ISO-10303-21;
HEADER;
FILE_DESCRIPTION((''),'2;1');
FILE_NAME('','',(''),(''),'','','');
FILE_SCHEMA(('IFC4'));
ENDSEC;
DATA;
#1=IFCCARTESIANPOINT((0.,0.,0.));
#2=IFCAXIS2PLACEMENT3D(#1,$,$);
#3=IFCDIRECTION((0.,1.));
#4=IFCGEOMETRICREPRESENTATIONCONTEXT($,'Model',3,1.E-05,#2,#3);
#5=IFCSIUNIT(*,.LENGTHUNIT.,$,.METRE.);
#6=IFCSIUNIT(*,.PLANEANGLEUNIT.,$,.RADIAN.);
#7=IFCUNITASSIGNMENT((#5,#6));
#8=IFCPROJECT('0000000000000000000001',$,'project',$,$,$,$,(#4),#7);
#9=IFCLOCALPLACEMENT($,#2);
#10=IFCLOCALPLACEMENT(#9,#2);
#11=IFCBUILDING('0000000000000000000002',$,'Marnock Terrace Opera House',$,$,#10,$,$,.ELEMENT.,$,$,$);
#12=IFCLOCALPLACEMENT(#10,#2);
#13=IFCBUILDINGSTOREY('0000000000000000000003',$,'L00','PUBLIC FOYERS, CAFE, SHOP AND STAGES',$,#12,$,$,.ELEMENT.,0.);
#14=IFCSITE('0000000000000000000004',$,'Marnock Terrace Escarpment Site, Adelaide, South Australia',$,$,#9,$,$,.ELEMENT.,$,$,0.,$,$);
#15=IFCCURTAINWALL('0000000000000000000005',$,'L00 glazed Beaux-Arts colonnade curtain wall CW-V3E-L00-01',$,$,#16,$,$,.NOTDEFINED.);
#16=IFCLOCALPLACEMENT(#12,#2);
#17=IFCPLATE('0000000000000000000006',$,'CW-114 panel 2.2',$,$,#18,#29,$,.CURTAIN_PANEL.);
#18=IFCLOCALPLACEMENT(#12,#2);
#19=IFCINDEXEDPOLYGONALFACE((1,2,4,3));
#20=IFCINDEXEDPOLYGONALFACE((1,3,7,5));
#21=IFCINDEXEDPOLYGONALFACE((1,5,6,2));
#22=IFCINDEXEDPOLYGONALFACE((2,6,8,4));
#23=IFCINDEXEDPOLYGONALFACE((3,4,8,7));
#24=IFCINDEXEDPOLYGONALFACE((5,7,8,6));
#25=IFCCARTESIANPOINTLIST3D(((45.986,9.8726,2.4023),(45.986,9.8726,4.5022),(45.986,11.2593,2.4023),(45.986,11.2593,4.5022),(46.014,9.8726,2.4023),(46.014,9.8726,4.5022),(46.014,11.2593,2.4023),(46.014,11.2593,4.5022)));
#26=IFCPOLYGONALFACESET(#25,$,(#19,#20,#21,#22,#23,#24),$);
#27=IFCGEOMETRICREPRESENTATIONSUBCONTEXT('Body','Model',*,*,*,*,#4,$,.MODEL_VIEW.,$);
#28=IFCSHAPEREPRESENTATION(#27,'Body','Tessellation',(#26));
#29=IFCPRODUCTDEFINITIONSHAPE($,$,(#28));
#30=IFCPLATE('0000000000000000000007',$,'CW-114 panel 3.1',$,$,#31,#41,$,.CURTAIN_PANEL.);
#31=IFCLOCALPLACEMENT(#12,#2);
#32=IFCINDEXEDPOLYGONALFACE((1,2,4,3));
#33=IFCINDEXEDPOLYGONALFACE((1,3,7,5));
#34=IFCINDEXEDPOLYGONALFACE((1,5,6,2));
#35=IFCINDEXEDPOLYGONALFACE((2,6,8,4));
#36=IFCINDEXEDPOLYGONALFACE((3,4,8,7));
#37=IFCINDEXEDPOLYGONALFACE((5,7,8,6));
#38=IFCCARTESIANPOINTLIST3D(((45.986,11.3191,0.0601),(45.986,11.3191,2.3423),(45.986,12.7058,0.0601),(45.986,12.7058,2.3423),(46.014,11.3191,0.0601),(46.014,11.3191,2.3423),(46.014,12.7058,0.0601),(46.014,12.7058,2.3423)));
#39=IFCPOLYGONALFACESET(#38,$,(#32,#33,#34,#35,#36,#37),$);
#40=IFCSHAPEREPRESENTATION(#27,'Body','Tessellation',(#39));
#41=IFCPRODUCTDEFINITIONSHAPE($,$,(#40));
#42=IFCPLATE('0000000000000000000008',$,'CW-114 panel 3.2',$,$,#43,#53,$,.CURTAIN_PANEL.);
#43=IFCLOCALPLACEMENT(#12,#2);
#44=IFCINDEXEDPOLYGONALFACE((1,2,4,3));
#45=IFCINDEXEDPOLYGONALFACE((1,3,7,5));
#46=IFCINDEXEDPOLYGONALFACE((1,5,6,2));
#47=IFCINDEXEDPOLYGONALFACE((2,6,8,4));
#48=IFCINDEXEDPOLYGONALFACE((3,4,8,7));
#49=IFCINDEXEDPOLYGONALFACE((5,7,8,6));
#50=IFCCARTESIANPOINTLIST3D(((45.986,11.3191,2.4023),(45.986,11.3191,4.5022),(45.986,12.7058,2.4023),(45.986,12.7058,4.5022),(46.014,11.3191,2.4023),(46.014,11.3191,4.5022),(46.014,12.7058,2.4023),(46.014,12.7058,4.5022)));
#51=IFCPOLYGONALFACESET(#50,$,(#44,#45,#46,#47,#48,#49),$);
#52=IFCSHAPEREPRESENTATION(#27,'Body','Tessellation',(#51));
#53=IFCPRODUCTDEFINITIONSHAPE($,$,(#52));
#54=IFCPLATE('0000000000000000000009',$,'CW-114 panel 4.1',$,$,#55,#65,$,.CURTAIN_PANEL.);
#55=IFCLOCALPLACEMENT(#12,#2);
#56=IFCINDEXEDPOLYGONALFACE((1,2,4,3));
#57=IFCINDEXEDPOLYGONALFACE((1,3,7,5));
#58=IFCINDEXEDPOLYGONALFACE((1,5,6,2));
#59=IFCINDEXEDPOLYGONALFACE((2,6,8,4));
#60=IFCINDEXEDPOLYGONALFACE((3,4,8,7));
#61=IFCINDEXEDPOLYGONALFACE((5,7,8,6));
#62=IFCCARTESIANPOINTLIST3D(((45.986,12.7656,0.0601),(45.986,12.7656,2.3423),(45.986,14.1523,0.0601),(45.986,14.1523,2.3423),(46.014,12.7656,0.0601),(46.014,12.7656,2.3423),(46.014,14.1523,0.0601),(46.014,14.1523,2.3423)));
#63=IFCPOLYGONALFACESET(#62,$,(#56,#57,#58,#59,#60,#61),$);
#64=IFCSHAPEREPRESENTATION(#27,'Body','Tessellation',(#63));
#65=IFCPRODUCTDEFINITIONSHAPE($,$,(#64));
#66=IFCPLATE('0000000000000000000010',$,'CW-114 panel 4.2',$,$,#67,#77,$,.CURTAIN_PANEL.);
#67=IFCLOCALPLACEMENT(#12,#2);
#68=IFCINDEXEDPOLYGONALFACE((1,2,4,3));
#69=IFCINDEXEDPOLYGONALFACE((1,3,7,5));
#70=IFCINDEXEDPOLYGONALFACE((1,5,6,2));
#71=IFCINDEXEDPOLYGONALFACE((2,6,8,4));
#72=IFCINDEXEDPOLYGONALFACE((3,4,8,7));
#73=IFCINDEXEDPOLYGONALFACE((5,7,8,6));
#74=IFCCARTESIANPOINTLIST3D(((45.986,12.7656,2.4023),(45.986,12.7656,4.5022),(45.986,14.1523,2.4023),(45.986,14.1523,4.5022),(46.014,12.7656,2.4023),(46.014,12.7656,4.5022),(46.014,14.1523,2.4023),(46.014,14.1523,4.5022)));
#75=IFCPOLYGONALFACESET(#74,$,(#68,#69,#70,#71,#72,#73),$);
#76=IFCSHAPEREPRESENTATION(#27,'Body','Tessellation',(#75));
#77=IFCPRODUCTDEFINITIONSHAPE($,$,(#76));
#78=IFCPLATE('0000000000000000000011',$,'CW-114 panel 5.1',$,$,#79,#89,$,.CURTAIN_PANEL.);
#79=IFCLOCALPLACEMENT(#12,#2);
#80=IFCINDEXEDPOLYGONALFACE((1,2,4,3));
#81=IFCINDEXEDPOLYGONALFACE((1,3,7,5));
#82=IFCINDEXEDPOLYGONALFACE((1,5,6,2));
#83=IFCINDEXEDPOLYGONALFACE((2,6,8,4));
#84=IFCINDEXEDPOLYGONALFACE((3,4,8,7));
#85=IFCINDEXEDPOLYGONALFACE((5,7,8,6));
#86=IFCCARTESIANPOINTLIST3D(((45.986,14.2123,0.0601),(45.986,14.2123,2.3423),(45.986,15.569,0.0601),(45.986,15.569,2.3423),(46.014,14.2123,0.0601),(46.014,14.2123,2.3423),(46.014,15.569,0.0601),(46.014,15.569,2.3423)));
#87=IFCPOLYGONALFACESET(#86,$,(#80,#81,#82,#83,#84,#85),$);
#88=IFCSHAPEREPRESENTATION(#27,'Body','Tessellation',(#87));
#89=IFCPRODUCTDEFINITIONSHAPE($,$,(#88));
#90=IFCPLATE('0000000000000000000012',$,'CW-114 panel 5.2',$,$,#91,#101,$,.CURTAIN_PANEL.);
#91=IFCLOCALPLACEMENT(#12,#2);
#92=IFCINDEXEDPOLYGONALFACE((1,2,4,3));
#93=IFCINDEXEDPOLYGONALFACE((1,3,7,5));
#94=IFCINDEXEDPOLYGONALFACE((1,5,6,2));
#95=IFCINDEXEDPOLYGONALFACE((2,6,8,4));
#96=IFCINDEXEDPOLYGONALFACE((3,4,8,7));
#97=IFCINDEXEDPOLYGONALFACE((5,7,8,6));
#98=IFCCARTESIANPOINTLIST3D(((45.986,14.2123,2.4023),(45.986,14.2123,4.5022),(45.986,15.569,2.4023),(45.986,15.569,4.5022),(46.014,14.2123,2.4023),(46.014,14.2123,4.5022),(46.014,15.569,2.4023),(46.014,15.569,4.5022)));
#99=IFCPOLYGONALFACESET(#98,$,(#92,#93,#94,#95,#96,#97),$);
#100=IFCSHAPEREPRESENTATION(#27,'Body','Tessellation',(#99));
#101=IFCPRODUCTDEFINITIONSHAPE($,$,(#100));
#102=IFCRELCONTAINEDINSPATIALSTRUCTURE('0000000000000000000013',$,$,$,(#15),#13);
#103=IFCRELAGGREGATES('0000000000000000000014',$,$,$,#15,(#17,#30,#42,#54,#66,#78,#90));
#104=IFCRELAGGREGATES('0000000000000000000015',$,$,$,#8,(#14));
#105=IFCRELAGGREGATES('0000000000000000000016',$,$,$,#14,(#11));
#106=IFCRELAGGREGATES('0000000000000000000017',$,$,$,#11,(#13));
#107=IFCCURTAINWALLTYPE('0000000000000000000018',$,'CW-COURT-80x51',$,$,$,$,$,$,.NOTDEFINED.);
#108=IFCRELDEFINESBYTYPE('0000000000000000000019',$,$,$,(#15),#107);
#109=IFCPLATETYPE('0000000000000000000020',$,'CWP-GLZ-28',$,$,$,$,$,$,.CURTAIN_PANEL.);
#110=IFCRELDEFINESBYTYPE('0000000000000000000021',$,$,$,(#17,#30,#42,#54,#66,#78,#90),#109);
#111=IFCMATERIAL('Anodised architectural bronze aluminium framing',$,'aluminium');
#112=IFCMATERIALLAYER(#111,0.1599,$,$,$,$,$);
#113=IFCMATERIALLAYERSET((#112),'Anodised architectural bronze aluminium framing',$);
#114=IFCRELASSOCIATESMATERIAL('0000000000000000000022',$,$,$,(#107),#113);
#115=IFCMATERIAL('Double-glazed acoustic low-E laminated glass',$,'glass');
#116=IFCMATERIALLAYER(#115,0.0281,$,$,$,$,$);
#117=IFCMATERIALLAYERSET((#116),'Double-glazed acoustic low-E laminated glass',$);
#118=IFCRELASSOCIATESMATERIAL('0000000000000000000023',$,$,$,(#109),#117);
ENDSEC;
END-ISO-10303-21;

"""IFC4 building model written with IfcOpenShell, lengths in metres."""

from ifc_helpers import new_model, si_unit, direction, frame, origin, origin_2d, place, context, subcontext, project, spatial, rectangle, extrude, material, layer, layer_set, type_object, element, aggregate, save


model = new_model("IFC4")

# Units and contexts
model_context = context("Model", 3, precision=1e-05, world=origin(), true_north=direction((0.0, 1.0)))
body_context = subcontext(model_context, "Body", "Model", "MODEL_VIEW")
ifc_project = project(units=[si_unit("LENGTHUNIT", "METRE"), si_unit("PLANEANGLEUNIT", "RADIAN")], contexts=[model_context])

# Site, building, storey
site_placement = place(None, origin())
site = spatial("IfcSite", under=ifc_project, at=site_placement, Name="Marnock Terrace Escarpment Site, Adelaide, South Australia", CompositionType="ELEMENT", RefElevation=0.0)
building_placement = place(site_placement, origin())
building = spatial("IfcBuilding", under=site, at=building_placement, Name="Marnock Terrace Opera House", CompositionType="ELEMENT")
storey_placement = place(building_placement, origin())
storey = spatial("IfcBuildingStorey", under=building, at=storey_placement, Name="L00", Description="PUBLIC FOYERS, CAFE, SHOP AND STAGES", CompositionType="ELEMENT", Elevation=0.0)

# Curtain wall, plates
ifc_material_1 = material(Name="Anodised architectural bronze aluminium framing", Category="aluminium")
ifc_layer_1 = layer(ifc_material_1, 0.1599)
ifc_layer_set_1 = layer_set([ifc_layer_1], Name="Anodised architectural bronze aluminium framing")
curtain_wall_type = type_object("IfcCurtainWallType", Name="CW-COURT-80x51", PredefinedType="NOTDEFINED", material=ifc_layer_set_1)
curtain_wall_placement = place(storey_placement, origin())
curtain_wall = element("IfcCurtainWall", 1, at=curtain_wall_placement, inside=storey, type_object=curtain_wall_type, Name="L00 glazed Beaux-Arts colonnade curtain wall CW-V3E-L00-01", PredefinedType="NOTDEFINED")
ifc_material_2 = material(Name="Double-glazed acoustic low-E laminated glass", Category="glass")
ifc_layer_2 = layer(ifc_material_2, 0.0281)
ifc_layer_set_2 = layer_set([ifc_layer_2], Name="Double-glazed acoustic low-E laminated glass")
plate_type = type_object("IfcPlateType", Name="CWP-GLZ-28", PredefinedType="CURTAIN_PANEL", material=ifc_layer_set_2)
plate_1_placement = place(storey_placement, frame((46.0, 10.5659, 2.4023), z_axis=(0.0, 0.0, 1.0), x_axis=(0.0, 1.0, 0.0)))
plate_1 = element("IfcPlate", 2, at=plate_1_placement, type_object=plate_type, Name="CW-114 panel 2.2", PredefinedType="CURTAIN_PANEL", context=body_context, shape_type="SweptSolid", body=[
    extrude(rectangle(XDim=1.3867, YDim=0.0281, at=origin_2d()), origin(), (0.0, 0.0, 1.0), 2.0999),
])
plate_2_placement = place(storey_placement, frame((46.0, 12.0125, 0.0601), z_axis=(0.0, 0.0, 1.0), x_axis=(0.0, 1.0, 0.0)))
plate_2 = element("IfcPlate", 3, at=plate_2_placement, type_object=plate_type, Name="CW-114 panel 3.1", PredefinedType="CURTAIN_PANEL", context=body_context, shape_type="SweptSolid", body=[
    extrude(rectangle(XDim=1.3867, YDim=0.0281, at=origin_2d()), origin(), (0.0, 0.0, 1.0), 2.2822),
])
plate_3_placement = place(storey_placement, frame((46.0, 12.0125, 2.4023), z_axis=(0.0, 0.0, 1.0), x_axis=(0.0, 1.0, 0.0)))
plate_3 = element("IfcPlate", 4, at=plate_3_placement, type_object=plate_type, Name="CW-114 panel 3.2", PredefinedType="CURTAIN_PANEL", context=body_context, shape_type="SweptSolid", body=[
    extrude(rectangle(XDim=1.3867, YDim=0.0281, at=origin_2d()), origin(), (0.0, 0.0, 1.0), 2.0999),
])
plate_4_placement = place(storey_placement, frame((46.0, 13.459, 0.0601), z_axis=(0.0, 0.0, 1.0), x_axis=(0.0, 1.0, 0.0)))
plate_4 = element("IfcPlate", 5, at=plate_4_placement, type_object=plate_type, Name="CW-114 panel 4.1", PredefinedType="CURTAIN_PANEL", context=body_context, shape_type="SweptSolid", body=[
    extrude(rectangle(XDim=1.3867, YDim=0.0281, at=origin_2d()), origin(), (0.0, 0.0, 1.0), 2.2822),
])
plate_5_placement = place(storey_placement, frame((46.0, 13.459, 2.4023), z_axis=(0.0, 0.0, 1.0), x_axis=(0.0, 1.0, 0.0)))
plate_5 = element("IfcPlate", 6, at=plate_5_placement, type_object=plate_type, Name="CW-114 panel 4.2", PredefinedType="CURTAIN_PANEL", context=body_context, shape_type="SweptSolid", body=[
    extrude(rectangle(XDim=1.3867, YDim=0.0281, at=origin_2d()), origin(), (0.0, 0.0, 1.0), 2.0999),
])
plate_6_placement = place(storey_placement, frame((46.0, 14.8906, 0.0601), z_axis=(0.0, 0.0, 1.0), x_axis=(0.0, 1.0, 0.0)))
plate_6 = element("IfcPlate", 7, at=plate_6_placement, type_object=plate_type, Name="CW-114 panel 5.1", PredefinedType="CURTAIN_PANEL", context=body_context, shape_type="SweptSolid", body=[
    extrude(rectangle(XDim=1.3567, YDim=0.0281, at=origin_2d()), origin(), (0.0, 0.0, 1.0), 2.2822),
])
plate_7_placement = place(storey_placement, frame((46.0, 14.8906, 2.4023), z_axis=(0.0, 0.0, 1.0), x_axis=(0.0, 1.0, 0.0)))
plate_7 = element("IfcPlate", 8, at=plate_7_placement, type_object=plate_type, Name="CW-114 panel 5.2", PredefinedType="CURTAIN_PANEL", context=body_context, shape_type="SweptSolid", body=[
    extrude(rectangle(XDim=1.3567, YDim=0.0281, at=origin_2d()), origin(), (0.0, 0.0, 1.0), 2.0999),
])
aggregate(curtain_wall, [plate_1, plate_2, plate_3, plate_4, plate_5, plate_6, plate_7])

save(model, "model.ifc")
